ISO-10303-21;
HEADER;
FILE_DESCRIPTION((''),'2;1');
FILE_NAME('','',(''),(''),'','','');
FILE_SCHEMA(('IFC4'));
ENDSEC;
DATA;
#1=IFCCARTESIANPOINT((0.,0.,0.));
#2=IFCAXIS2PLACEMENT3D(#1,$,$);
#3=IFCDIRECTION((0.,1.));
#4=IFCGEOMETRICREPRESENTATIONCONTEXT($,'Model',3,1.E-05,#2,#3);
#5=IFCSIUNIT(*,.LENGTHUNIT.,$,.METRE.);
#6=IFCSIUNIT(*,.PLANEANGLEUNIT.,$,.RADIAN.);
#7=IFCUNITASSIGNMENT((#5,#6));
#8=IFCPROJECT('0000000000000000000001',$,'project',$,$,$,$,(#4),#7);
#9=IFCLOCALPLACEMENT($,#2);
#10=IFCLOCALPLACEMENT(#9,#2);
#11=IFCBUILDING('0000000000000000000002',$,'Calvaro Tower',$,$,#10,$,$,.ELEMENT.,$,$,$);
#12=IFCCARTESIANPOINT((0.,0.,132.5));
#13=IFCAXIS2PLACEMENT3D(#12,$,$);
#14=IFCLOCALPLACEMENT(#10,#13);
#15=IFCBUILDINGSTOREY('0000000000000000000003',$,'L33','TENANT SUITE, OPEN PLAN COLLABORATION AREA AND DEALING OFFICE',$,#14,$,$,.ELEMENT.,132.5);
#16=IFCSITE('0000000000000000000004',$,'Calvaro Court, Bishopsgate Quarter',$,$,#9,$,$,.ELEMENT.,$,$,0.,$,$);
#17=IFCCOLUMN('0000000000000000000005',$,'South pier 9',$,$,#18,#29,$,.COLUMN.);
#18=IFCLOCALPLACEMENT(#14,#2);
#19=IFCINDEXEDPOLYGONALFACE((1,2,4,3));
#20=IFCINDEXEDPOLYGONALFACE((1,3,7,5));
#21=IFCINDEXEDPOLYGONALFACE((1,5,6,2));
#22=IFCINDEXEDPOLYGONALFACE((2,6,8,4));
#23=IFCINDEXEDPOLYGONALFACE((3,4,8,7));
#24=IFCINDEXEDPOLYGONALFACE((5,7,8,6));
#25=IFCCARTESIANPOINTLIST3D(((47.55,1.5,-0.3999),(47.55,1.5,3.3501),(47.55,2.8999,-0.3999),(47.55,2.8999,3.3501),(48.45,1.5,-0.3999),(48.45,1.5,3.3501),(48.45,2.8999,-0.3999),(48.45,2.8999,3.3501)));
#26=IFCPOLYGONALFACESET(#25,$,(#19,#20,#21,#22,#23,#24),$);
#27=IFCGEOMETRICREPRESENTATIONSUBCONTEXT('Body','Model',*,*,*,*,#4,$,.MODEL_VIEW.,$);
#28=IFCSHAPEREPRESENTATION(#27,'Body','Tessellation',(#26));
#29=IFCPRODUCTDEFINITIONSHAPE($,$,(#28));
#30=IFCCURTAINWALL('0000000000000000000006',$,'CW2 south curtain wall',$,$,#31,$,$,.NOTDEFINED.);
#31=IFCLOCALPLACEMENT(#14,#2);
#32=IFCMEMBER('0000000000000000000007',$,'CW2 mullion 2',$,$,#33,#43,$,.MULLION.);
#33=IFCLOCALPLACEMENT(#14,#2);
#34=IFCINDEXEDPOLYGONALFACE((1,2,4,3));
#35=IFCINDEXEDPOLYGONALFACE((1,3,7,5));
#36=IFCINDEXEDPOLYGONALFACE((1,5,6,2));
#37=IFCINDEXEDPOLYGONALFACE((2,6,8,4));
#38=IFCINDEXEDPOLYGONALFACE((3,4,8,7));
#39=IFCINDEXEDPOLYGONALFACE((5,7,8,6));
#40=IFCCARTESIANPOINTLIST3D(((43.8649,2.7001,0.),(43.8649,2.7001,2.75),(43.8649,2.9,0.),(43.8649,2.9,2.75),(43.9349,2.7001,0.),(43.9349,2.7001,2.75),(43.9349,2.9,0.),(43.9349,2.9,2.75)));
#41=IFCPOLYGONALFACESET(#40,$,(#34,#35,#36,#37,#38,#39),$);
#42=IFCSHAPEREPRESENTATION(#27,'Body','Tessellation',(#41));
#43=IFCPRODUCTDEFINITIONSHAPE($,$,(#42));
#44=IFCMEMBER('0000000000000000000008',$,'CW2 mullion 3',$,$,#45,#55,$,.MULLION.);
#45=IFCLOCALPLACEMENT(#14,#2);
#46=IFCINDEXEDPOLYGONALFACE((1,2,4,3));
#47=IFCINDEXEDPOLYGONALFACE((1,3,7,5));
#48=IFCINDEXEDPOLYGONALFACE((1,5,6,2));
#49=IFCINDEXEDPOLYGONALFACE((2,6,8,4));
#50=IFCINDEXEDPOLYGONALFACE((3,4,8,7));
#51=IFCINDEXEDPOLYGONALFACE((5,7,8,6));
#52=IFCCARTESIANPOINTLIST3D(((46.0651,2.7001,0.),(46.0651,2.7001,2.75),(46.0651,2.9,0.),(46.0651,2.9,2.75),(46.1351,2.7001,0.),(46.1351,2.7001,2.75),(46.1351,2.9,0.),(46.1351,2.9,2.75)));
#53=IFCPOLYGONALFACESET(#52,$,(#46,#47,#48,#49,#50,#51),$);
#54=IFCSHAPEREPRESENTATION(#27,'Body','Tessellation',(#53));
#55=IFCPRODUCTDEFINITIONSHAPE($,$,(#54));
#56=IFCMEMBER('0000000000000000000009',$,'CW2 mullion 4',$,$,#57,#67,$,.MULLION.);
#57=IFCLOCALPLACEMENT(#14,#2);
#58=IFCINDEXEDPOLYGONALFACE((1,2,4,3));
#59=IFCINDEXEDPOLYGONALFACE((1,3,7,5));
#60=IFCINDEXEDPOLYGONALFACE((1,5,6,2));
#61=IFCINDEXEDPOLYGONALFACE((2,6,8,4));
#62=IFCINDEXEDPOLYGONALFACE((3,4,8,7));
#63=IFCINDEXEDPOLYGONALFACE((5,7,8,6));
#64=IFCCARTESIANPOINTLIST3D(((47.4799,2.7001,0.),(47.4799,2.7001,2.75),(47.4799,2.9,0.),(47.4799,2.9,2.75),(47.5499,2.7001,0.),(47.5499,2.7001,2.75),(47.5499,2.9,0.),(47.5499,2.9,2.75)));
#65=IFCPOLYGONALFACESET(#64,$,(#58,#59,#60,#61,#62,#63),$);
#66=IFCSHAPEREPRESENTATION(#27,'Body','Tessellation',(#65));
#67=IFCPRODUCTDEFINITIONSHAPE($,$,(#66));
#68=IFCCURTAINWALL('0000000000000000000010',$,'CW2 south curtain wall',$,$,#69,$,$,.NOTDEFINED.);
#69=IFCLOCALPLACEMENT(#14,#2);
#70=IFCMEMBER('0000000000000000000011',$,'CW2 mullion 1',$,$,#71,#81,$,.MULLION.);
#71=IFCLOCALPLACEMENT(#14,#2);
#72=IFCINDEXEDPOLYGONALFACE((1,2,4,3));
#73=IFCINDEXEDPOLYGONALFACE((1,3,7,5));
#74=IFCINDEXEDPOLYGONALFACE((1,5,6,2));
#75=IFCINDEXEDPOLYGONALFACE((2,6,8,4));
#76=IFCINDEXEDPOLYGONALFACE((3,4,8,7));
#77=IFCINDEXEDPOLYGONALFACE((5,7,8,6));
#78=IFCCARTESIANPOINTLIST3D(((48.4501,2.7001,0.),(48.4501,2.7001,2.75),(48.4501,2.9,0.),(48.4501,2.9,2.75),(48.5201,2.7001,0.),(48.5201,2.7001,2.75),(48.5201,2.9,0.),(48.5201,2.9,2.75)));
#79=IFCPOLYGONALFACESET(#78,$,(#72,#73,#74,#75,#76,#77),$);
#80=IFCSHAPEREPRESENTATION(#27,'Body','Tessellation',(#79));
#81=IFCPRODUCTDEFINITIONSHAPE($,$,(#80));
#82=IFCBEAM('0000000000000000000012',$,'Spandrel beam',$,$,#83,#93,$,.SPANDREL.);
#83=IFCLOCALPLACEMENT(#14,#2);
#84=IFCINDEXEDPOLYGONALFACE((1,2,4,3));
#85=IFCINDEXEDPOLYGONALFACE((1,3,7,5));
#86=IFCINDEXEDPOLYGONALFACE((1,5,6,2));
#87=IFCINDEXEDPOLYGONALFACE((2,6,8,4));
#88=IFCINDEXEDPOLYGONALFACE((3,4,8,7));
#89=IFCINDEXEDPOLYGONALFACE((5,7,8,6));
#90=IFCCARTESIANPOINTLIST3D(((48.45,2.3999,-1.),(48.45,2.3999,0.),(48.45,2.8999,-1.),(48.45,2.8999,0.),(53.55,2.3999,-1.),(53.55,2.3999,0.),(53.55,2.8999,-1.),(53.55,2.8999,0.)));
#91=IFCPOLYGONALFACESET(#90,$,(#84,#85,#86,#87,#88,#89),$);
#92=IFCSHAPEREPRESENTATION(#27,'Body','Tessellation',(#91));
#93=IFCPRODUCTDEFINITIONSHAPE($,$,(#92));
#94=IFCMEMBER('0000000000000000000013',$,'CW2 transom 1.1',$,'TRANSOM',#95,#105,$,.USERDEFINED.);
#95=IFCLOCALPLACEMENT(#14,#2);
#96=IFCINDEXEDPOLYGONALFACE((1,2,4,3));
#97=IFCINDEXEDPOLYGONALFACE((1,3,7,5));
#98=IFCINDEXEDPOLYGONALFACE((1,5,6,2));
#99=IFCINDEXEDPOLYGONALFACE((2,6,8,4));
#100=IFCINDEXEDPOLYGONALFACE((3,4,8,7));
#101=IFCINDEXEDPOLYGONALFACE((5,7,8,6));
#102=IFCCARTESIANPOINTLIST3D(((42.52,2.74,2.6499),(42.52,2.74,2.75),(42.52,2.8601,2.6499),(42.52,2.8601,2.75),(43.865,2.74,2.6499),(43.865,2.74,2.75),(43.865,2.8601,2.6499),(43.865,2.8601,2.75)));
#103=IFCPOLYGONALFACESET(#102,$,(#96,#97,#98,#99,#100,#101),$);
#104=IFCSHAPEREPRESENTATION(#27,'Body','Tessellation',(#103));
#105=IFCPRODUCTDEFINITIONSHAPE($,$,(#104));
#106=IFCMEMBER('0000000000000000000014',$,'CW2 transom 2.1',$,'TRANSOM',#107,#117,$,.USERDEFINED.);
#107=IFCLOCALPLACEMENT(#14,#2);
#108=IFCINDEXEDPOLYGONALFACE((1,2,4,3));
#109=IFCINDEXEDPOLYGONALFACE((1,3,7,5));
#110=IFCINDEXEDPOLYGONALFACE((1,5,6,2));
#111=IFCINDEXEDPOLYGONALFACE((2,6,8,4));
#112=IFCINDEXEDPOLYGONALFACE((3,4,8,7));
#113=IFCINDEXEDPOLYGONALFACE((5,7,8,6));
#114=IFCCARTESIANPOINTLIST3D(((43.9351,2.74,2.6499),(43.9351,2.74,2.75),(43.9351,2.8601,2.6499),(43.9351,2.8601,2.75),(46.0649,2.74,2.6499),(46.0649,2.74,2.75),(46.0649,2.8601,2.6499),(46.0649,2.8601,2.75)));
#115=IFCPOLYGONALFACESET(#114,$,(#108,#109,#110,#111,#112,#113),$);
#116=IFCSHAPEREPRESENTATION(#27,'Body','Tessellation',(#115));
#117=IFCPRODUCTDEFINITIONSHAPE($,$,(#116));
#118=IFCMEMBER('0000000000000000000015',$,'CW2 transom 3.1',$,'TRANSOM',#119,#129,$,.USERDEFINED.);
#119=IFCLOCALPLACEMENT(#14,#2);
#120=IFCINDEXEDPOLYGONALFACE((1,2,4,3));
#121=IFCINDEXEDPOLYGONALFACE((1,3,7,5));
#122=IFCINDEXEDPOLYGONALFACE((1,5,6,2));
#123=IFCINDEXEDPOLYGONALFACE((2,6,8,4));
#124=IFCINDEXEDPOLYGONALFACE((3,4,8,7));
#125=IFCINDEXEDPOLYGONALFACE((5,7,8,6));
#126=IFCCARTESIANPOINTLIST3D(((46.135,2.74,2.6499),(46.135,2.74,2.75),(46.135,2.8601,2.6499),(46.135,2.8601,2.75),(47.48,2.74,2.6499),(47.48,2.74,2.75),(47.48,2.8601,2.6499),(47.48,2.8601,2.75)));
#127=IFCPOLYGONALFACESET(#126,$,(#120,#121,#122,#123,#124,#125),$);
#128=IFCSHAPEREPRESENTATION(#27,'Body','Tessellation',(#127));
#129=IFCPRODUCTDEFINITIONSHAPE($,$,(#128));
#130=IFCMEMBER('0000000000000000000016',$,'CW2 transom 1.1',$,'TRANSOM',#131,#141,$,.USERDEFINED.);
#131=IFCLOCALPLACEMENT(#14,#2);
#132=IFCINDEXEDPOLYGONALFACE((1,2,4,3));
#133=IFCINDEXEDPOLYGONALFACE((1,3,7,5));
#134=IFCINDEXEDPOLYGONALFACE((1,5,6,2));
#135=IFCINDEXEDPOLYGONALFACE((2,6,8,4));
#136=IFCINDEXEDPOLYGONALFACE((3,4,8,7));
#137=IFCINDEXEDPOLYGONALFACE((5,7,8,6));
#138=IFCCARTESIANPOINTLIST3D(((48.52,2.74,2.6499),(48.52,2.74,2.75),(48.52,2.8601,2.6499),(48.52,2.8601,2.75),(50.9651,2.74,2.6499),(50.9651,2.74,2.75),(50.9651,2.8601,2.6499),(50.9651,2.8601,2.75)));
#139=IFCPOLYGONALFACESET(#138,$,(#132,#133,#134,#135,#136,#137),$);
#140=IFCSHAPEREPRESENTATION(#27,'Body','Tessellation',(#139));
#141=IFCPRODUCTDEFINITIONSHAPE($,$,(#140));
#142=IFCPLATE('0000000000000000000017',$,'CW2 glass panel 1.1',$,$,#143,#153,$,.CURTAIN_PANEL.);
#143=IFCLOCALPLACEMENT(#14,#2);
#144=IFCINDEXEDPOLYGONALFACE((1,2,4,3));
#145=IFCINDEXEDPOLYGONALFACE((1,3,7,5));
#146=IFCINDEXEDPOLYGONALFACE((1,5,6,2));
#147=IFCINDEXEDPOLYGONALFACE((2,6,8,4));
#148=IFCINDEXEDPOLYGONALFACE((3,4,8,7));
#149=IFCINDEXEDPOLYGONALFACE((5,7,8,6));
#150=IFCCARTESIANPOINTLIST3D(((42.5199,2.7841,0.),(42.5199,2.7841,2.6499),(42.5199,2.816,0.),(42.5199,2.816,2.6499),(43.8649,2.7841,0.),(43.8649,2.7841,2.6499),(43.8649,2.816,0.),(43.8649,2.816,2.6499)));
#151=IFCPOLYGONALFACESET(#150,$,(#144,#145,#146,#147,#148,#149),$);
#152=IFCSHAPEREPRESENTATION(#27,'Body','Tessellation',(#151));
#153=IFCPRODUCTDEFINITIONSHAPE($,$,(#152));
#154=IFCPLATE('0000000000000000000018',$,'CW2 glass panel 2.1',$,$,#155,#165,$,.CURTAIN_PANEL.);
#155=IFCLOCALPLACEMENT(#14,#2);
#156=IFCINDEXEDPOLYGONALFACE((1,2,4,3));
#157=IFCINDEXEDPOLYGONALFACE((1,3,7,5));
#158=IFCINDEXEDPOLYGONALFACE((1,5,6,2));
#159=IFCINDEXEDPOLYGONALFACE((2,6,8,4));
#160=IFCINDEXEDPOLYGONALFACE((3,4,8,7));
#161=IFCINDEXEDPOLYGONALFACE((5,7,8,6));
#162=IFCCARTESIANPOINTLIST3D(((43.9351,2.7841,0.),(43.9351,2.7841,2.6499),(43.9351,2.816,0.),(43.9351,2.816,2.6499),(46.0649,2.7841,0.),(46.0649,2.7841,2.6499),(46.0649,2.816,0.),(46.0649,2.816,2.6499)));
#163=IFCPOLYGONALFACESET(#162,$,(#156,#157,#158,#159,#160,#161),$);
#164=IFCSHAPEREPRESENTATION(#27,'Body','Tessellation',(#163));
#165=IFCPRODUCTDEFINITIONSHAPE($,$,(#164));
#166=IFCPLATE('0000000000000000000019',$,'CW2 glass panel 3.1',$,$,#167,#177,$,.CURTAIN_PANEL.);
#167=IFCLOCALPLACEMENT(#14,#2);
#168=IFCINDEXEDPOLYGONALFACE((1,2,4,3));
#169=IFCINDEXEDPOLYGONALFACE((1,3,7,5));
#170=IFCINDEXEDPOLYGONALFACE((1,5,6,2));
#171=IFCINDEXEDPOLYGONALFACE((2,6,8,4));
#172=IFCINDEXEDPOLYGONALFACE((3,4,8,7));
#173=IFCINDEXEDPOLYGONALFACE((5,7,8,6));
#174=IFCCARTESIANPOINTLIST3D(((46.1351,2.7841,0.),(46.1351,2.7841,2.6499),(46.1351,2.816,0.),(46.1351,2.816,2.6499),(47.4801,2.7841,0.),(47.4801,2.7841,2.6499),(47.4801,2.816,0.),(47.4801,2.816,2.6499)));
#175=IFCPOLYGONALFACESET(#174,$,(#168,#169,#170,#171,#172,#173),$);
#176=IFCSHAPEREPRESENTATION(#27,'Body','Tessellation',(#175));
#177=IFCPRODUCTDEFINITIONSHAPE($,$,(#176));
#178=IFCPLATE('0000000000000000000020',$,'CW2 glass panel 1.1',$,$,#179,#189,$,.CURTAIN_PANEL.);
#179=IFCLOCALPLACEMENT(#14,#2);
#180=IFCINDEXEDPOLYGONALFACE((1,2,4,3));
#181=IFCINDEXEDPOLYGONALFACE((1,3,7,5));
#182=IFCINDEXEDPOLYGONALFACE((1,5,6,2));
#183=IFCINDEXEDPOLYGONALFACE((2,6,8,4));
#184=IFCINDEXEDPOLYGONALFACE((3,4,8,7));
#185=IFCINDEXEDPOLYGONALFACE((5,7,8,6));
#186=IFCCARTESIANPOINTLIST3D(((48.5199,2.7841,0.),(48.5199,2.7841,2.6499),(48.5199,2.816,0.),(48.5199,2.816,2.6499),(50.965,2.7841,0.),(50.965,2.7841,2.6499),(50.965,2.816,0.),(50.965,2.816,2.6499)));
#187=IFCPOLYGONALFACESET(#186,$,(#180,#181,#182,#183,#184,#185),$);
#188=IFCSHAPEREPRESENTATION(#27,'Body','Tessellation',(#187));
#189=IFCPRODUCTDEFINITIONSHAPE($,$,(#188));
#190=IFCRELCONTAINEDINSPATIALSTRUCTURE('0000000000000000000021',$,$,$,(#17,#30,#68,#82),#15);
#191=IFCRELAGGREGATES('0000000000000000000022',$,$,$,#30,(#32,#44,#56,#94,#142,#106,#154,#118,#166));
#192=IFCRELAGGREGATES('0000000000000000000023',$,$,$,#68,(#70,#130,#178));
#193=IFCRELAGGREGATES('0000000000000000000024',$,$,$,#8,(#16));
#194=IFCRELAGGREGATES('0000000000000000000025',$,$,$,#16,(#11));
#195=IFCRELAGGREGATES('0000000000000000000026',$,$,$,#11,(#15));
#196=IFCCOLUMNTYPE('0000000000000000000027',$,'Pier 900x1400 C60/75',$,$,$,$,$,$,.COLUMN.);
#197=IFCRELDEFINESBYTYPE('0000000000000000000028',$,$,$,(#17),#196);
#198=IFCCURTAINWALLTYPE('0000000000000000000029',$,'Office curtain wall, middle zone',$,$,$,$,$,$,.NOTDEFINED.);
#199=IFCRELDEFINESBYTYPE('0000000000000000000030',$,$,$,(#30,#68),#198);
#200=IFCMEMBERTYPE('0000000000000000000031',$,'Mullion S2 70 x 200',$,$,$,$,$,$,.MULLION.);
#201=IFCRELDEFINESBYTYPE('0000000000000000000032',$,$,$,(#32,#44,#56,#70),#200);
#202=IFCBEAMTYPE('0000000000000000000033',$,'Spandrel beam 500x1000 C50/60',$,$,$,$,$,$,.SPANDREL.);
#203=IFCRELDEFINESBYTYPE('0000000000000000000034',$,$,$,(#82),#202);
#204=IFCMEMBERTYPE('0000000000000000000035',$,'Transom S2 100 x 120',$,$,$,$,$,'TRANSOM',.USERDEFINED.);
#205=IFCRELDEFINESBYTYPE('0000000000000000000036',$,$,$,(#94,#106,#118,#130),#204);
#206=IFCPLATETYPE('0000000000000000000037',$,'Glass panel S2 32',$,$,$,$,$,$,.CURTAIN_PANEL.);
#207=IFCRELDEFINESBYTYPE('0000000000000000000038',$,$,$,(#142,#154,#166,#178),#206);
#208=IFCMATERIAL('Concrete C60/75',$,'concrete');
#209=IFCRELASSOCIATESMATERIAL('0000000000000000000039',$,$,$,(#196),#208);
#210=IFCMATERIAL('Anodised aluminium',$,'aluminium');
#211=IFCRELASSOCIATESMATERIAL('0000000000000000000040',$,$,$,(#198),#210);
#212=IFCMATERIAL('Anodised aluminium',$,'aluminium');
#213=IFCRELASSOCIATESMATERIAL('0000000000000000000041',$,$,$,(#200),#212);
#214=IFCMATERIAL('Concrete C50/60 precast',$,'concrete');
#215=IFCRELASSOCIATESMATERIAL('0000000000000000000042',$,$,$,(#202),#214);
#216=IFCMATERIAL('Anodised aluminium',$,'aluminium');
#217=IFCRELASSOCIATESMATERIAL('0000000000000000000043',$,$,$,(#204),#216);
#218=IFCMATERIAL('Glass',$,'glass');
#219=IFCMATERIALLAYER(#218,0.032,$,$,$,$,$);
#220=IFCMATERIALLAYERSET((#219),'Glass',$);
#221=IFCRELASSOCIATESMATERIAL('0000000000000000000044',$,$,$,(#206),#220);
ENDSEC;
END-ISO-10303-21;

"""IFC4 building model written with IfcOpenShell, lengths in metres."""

from ifc_helpers import new_model, si_unit, direction, frame, origin, origin_2d, place, context, subcontext, project, spatial, rectangle, extrude, material, layer, layer_set, material_profile, profile_set, type_object, element, aggregate, save


model = new_model("IFC4")

# Units and contexts
model_context = context("Model", 3, precision=1e-05, world=origin(), true_north=direction((0.0, 1.0)))
body_context = subcontext(model_context, "Body", "Model", "MODEL_VIEW")
ifc_project = project(units=[si_unit("LENGTHUNIT", "METRE"), si_unit("PLANEANGLEUNIT", "RADIAN")], contexts=[model_context])

# Site, building, storey
site_placement = place(None, origin())
site = spatial("IfcSite", under=ifc_project, at=site_placement, Name="Calvaro Court, Bishopsgate Quarter", CompositionType="ELEMENT", RefElevation=0.0)
building_placement = place(site_placement, origin())
building = spatial("IfcBuilding", under=site, at=building_placement, Name="Calvaro Tower", CompositionType="ELEMENT")
storey_placement = place(building_placement, frame((0.0, 0.0, 132.5)))
storey = spatial("IfcBuildingStorey", under=building, at=storey_placement, Name="L33", Description="TENANT SUITE, OPEN PLAN COLLABORATION AREA AND DEALING OFFICE", CompositionType="ELEMENT", Elevation=132.5)

# Column
ifc_material_1 = material(Name="Concrete C60/75", Category="concrete")
ifc_material_profile_1 = material_profile(ifc_material_1, rectangle(XDim=0.8999, YDim=1.3999, at=origin_2d()), Name="RC 900x1400")
ifc_profile_set_1 = profile_set([ifc_material_profile_1], Name="Concrete C60/75")
column_type = type_object("IfcColumnType", Name="Pier 900x1400 C60/75", PredefinedType="COLUMN", material=ifc_profile_set_1)
column_placement = place(storey_placement, frame((48.0, 2.2, -0.3999), z_axis=(0.0, 0.0, 1.0), x_axis=(1.0, 0.0, 0.0)))
element("IfcColumn", 1, at=column_placement, inside=storey, type_object=column_type, Name="South pier 9", PredefinedType="COLUMN", context=body_context, shape_type="SweptSolid", body=[
    extrude(rectangle(XDim=0.8999, YDim=1.3999, at=origin_2d()), origin(), (0.0, 0.0, 1.0), 3.75),
])

# Curtain wall, members
ifc_material_2 = material(Name="Anodised aluminium", Category="aluminium")
curtain_wall_type = type_object("IfcCurtainWallType", Name="Office curtain wall, middle zone", PredefinedType="NOTDEFINED", material=ifc_material_2)
curtain_wall_1_placement = place(storey_placement, origin())
curtain_wall_1 = element("IfcCurtainWall", 2, at=curtain_wall_1_placement, inside=storey, type_object=curtain_wall_type, Name="CW2 south curtain wall", PredefinedType="NOTDEFINED")
ifc_material_3 = material(Name="Anodised aluminium", Category="aluminium")
ifc_material_profile_2 = material_profile(ifc_material_3, rectangle(XDim=0.2, YDim=0.0701, at=origin_2d()), Name="Mullion S2 70 x 200")
ifc_profile_set_2 = profile_set([ifc_material_profile_2], Name="Anodised aluminium")
member_type_1 = type_object("IfcMemberType", Name="Mullion S2 70 x 200", PredefinedType="MULLION", material=ifc_profile_set_2)
member_1_placement = place(storey_placement, frame((43.8999, 2.8, 0.0), z_axis=(0.0, 0.0, 1.0), x_axis=(0.0, 1.0, 0.0)))
member_1 = element("IfcMember", 3, at=member_1_placement, type_object=member_type_1, Name="CW2 mullion 2", PredefinedType="MULLION", context=body_context, shape_type="SweptSolid", body=[
    extrude(rectangle(XDim=0.2, YDim=0.0701, at=origin_2d()), origin(), (0.0, 0.0, 1.0), 2.75),
])
member_2_placement = place(storey_placement, frame((46.1001, 2.8, 0.0), z_axis=(0.0, 0.0, 1.0), x_axis=(0.0, 1.0, 0.0)))
member_2 = element("IfcMember", 4, at=member_2_placement, type_object=member_type_1, Name="CW2 mullion 3", PredefinedType="MULLION", context=body_context, shape_type="SweptSolid", body=[
    extrude(rectangle(XDim=0.2, YDim=0.0701, at=origin_2d()), origin(), (0.0, 0.0, 1.0), 2.75),
])
member_3_placement = place(storey_placement, frame((47.5149, 2.8, 0.0), z_axis=(0.0, 0.0, 1.0), x_axis=(0.0, 1.0, 0.0)))
member_3 = element("IfcMember", 5, at=member_3_placement, type_object=member_type_1, Name="CW2 mullion 4", PredefinedType="MULLION", context=body_context, shape_type="SweptSolid", body=[
    extrude(rectangle(XDim=0.2, YDim=0.0701, at=origin_2d()), origin(), (0.0, 0.0, 1.0), 2.75),
])

# Curtain wall, member
curtain_wall_2_placement = place(storey_placement, origin())
curtain_wall_2 = element("IfcCurtainWall", 6, at=curtain_wall_2_placement, inside=storey, type_object=curtain_wall_type, Name="CW2 south curtain wall", PredefinedType="NOTDEFINED")
member_4_placement = place(storey_placement, frame((48.4851, 2.8, 0.0), z_axis=(0.0, 0.0, 1.0), x_axis=(0.0, 1.0, 0.0)))
member_4 = element("IfcMember", 7, at=member_4_placement, type_object=member_type_1, Name="CW2 mullion 1", PredefinedType="MULLION", context=body_context, shape_type="SweptSolid", body=[
    extrude(rectangle(XDim=0.2, YDim=0.0701, at=origin_2d()), origin(), (0.0, 0.0, 1.0), 2.75),
])

# Beam
ifc_material_4 = material(Name="Concrete C50/60 precast", Category="concrete")
ifc_material_profile_3 = material_profile(ifc_material_4, rectangle(XDim=0.5, YDim=1.0, at=origin_2d()), Name="RC 500x1000")
ifc_profile_set_3 = profile_set([ifc_material_profile_3], Name="Concrete C50/60 precast")
beam_type = type_object("IfcBeamType", Name="Spandrel beam 500x1000 C50/60", PredefinedType="SPANDREL", material=ifc_profile_set_3)
beam_placement = place(storey_placement, frame((48.45, 2.6499, -0.5), z_axis=(1.0, 0.0, 0.0), x_axis=(0.0, 1.0, 0.0)))
element("IfcBeam", 8, at=beam_placement, inside=storey, type_object=beam_type, Name="Spandrel beam", PredefinedType="SPANDREL", context=body_context, shape_type="SweptSolid", body=[
    extrude(rectangle(XDim=0.5, YDim=1.0, at=origin_2d()), origin(), (0.0, 0.0, 1.0), 5.1001),
])

# Members
ifc_material_5 = material(Name="Anodised aluminium", Category="aluminium")
ifc_material_profile_4 = material_profile(ifc_material_5, rectangle(XDim=0.1201, YDim=0.1001, at=origin_2d()), Name="Transom S2 100 x 120")
ifc_profile_set_4 = profile_set([ifc_material_profile_4], Name="Anodised aluminium")
member_type_2 = type_object("IfcMemberType", Name="Transom S2 100 x 120", ElementType="TRANSOM", PredefinedType="USERDEFINED", material=ifc_profile_set_4)
member_5_placement = place(storey_placement, frame((42.52, 2.8, 2.7), z_axis=(1.0, 0.0, 0.0), x_axis=(0.0, 1.0, 0.0)))
member_5 = element("IfcMember", 9, at=member_5_placement, type_object=member_type_2, Name="CW2 transom 1.1", ObjectType="TRANSOM", PredefinedType="USERDEFINED", context=body_context, shape_type="SweptSolid", body=[
    extrude(rectangle(XDim=0.1201, YDim=0.1001, at=origin_2d()), origin(), (0.0, 0.0, 1.0), 1.345),
])
member_6_placement = place(storey_placement, frame((43.9351, 2.8, 2.7), z_axis=(1.0, 0.0, 0.0), x_axis=(0.0, 1.0, 0.0)))
member_6 = element("IfcMember", 10, at=member_6_placement, type_object=member_type_2, Name="CW2 transom 2.1", ObjectType="TRANSOM", PredefinedType="USERDEFINED", context=body_context, shape_type="SweptSolid", body=[
    extrude(rectangle(XDim=0.1201, YDim=0.1001, at=origin_2d()), origin(), (0.0, 0.0, 1.0), 2.1299),
])
member_7_placement = place(storey_placement, frame((46.135, 2.8, 2.7), z_axis=(1.0, 0.0, 0.0), x_axis=(0.0, 1.0, 0.0)))
member_7 = element("IfcMember", 11, at=member_7_placement, type_object=member_type_2, Name="CW2 transom 3.1", ObjectType="TRANSOM", PredefinedType="USERDEFINED", context=body_context, shape_type="SweptSolid", body=[
    extrude(rectangle(XDim=0.1201, YDim=0.1001, at=origin_2d()), origin(), (0.0, 0.0, 1.0), 1.345),
])
member_8_placement = place(storey_placement, frame((48.52, 2.8, 2.7), z_axis=(1.0, 0.0, 0.0), x_axis=(0.0, 1.0, 0.0)))
member_8 = element("IfcMember", 12, at=member_8_placement, type_object=member_type_2, Name="CW2 transom 1.1", ObjectType="TRANSOM", PredefinedType="USERDEFINED", context=body_context, shape_type="SweptSolid", body=[
    extrude(rectangle(XDim=0.1201, YDim=0.1001, at=origin_2d()), origin(), (0.0, 0.0, 1.0), 2.4451),
])

# Plates
ifc_material_6 = material(Name="Glass", Category="glass")
ifc_layer_1 = layer(ifc_material_6, 0.032)
ifc_layer_set_1 = layer_set([ifc_layer_1], Name="Glass")
plate_type = type_object("IfcPlateType", Name="Glass panel S2 32", PredefinedType="CURTAIN_PANEL", material=ifc_layer_set_1)
plate_1_placement = place(storey_placement, frame((43.1924, 2.8, 0.0), z_axis=(0.0, 0.0, 1.0), x_axis=(1.0, 0.0, 0.0)))
plate_1 = element("IfcPlate", 13, at=plate_1_placement, type_object=plate_type, Name="CW2 glass panel 1.1", PredefinedType="CURTAIN_PANEL", context=body_context, shape_type="SweptSolid", body=[
    extrude(rectangle(XDim=1.345, YDim=0.032, at=origin_2d()), origin(), (0.0, 0.0, 1.0), 2.6499),
])
plate_2_placement = place(storey_placement, frame((45.0, 2.8, 0.0), z_axis=(0.0, 0.0, 1.0), x_axis=(1.0, 0.0, 0.0)))
plate_2 = element("IfcPlate", 14, at=plate_2_placement, type_object=plate_type, Name="CW2 glass panel 2.1", PredefinedType="CURTAIN_PANEL", context=body_context, shape_type="SweptSolid", body=[
    extrude(rectangle(XDim=2.1299, YDim=0.032, at=origin_2d()), origin(), (0.0, 0.0, 1.0), 2.6499),
])
plate_3_placement = place(storey_placement, frame((46.8076, 2.8, 0.0), z_axis=(0.0, 0.0, 1.0), x_axis=(1.0, 0.0, 0.0)))
plate_3 = element("IfcPlate", 15, at=plate_3_placement, type_object=plate_type, Name="CW2 glass panel 3.1", PredefinedType="CURTAIN_PANEL", context=body_context, shape_type="SweptSolid", body=[
    extrude(rectangle(XDim=1.345, YDim=0.032, at=origin_2d()), origin(), (0.0, 0.0, 1.0), 2.6499),
])
aggregate(curtain_wall_1, [member_1, member_2, member_3, member_5, plate_1, member_6, plate_2, member_7, plate_3])
plate_4_placement = place(storey_placement, frame((49.7424, 2.8, 0.0), z_axis=(0.0, 0.0, 1.0), x_axis=(1.0, 0.0, 0.0)))
plate_4 = element("IfcPlate", 16, at=plate_4_placement, type_object=plate_type, Name="CW2 glass panel 1.1", PredefinedType="CURTAIN_PANEL", context=body_context, shape_type="SweptSolid", body=[
    extrude(rectangle(XDim=2.4451, YDim=0.032, at=origin_2d()), origin(), (0.0, 0.0, 1.0), 2.6499),
])
aggregate(curtain_wall_2, [member_4, member_8, plate_4])

save(model, "model.ifc")
